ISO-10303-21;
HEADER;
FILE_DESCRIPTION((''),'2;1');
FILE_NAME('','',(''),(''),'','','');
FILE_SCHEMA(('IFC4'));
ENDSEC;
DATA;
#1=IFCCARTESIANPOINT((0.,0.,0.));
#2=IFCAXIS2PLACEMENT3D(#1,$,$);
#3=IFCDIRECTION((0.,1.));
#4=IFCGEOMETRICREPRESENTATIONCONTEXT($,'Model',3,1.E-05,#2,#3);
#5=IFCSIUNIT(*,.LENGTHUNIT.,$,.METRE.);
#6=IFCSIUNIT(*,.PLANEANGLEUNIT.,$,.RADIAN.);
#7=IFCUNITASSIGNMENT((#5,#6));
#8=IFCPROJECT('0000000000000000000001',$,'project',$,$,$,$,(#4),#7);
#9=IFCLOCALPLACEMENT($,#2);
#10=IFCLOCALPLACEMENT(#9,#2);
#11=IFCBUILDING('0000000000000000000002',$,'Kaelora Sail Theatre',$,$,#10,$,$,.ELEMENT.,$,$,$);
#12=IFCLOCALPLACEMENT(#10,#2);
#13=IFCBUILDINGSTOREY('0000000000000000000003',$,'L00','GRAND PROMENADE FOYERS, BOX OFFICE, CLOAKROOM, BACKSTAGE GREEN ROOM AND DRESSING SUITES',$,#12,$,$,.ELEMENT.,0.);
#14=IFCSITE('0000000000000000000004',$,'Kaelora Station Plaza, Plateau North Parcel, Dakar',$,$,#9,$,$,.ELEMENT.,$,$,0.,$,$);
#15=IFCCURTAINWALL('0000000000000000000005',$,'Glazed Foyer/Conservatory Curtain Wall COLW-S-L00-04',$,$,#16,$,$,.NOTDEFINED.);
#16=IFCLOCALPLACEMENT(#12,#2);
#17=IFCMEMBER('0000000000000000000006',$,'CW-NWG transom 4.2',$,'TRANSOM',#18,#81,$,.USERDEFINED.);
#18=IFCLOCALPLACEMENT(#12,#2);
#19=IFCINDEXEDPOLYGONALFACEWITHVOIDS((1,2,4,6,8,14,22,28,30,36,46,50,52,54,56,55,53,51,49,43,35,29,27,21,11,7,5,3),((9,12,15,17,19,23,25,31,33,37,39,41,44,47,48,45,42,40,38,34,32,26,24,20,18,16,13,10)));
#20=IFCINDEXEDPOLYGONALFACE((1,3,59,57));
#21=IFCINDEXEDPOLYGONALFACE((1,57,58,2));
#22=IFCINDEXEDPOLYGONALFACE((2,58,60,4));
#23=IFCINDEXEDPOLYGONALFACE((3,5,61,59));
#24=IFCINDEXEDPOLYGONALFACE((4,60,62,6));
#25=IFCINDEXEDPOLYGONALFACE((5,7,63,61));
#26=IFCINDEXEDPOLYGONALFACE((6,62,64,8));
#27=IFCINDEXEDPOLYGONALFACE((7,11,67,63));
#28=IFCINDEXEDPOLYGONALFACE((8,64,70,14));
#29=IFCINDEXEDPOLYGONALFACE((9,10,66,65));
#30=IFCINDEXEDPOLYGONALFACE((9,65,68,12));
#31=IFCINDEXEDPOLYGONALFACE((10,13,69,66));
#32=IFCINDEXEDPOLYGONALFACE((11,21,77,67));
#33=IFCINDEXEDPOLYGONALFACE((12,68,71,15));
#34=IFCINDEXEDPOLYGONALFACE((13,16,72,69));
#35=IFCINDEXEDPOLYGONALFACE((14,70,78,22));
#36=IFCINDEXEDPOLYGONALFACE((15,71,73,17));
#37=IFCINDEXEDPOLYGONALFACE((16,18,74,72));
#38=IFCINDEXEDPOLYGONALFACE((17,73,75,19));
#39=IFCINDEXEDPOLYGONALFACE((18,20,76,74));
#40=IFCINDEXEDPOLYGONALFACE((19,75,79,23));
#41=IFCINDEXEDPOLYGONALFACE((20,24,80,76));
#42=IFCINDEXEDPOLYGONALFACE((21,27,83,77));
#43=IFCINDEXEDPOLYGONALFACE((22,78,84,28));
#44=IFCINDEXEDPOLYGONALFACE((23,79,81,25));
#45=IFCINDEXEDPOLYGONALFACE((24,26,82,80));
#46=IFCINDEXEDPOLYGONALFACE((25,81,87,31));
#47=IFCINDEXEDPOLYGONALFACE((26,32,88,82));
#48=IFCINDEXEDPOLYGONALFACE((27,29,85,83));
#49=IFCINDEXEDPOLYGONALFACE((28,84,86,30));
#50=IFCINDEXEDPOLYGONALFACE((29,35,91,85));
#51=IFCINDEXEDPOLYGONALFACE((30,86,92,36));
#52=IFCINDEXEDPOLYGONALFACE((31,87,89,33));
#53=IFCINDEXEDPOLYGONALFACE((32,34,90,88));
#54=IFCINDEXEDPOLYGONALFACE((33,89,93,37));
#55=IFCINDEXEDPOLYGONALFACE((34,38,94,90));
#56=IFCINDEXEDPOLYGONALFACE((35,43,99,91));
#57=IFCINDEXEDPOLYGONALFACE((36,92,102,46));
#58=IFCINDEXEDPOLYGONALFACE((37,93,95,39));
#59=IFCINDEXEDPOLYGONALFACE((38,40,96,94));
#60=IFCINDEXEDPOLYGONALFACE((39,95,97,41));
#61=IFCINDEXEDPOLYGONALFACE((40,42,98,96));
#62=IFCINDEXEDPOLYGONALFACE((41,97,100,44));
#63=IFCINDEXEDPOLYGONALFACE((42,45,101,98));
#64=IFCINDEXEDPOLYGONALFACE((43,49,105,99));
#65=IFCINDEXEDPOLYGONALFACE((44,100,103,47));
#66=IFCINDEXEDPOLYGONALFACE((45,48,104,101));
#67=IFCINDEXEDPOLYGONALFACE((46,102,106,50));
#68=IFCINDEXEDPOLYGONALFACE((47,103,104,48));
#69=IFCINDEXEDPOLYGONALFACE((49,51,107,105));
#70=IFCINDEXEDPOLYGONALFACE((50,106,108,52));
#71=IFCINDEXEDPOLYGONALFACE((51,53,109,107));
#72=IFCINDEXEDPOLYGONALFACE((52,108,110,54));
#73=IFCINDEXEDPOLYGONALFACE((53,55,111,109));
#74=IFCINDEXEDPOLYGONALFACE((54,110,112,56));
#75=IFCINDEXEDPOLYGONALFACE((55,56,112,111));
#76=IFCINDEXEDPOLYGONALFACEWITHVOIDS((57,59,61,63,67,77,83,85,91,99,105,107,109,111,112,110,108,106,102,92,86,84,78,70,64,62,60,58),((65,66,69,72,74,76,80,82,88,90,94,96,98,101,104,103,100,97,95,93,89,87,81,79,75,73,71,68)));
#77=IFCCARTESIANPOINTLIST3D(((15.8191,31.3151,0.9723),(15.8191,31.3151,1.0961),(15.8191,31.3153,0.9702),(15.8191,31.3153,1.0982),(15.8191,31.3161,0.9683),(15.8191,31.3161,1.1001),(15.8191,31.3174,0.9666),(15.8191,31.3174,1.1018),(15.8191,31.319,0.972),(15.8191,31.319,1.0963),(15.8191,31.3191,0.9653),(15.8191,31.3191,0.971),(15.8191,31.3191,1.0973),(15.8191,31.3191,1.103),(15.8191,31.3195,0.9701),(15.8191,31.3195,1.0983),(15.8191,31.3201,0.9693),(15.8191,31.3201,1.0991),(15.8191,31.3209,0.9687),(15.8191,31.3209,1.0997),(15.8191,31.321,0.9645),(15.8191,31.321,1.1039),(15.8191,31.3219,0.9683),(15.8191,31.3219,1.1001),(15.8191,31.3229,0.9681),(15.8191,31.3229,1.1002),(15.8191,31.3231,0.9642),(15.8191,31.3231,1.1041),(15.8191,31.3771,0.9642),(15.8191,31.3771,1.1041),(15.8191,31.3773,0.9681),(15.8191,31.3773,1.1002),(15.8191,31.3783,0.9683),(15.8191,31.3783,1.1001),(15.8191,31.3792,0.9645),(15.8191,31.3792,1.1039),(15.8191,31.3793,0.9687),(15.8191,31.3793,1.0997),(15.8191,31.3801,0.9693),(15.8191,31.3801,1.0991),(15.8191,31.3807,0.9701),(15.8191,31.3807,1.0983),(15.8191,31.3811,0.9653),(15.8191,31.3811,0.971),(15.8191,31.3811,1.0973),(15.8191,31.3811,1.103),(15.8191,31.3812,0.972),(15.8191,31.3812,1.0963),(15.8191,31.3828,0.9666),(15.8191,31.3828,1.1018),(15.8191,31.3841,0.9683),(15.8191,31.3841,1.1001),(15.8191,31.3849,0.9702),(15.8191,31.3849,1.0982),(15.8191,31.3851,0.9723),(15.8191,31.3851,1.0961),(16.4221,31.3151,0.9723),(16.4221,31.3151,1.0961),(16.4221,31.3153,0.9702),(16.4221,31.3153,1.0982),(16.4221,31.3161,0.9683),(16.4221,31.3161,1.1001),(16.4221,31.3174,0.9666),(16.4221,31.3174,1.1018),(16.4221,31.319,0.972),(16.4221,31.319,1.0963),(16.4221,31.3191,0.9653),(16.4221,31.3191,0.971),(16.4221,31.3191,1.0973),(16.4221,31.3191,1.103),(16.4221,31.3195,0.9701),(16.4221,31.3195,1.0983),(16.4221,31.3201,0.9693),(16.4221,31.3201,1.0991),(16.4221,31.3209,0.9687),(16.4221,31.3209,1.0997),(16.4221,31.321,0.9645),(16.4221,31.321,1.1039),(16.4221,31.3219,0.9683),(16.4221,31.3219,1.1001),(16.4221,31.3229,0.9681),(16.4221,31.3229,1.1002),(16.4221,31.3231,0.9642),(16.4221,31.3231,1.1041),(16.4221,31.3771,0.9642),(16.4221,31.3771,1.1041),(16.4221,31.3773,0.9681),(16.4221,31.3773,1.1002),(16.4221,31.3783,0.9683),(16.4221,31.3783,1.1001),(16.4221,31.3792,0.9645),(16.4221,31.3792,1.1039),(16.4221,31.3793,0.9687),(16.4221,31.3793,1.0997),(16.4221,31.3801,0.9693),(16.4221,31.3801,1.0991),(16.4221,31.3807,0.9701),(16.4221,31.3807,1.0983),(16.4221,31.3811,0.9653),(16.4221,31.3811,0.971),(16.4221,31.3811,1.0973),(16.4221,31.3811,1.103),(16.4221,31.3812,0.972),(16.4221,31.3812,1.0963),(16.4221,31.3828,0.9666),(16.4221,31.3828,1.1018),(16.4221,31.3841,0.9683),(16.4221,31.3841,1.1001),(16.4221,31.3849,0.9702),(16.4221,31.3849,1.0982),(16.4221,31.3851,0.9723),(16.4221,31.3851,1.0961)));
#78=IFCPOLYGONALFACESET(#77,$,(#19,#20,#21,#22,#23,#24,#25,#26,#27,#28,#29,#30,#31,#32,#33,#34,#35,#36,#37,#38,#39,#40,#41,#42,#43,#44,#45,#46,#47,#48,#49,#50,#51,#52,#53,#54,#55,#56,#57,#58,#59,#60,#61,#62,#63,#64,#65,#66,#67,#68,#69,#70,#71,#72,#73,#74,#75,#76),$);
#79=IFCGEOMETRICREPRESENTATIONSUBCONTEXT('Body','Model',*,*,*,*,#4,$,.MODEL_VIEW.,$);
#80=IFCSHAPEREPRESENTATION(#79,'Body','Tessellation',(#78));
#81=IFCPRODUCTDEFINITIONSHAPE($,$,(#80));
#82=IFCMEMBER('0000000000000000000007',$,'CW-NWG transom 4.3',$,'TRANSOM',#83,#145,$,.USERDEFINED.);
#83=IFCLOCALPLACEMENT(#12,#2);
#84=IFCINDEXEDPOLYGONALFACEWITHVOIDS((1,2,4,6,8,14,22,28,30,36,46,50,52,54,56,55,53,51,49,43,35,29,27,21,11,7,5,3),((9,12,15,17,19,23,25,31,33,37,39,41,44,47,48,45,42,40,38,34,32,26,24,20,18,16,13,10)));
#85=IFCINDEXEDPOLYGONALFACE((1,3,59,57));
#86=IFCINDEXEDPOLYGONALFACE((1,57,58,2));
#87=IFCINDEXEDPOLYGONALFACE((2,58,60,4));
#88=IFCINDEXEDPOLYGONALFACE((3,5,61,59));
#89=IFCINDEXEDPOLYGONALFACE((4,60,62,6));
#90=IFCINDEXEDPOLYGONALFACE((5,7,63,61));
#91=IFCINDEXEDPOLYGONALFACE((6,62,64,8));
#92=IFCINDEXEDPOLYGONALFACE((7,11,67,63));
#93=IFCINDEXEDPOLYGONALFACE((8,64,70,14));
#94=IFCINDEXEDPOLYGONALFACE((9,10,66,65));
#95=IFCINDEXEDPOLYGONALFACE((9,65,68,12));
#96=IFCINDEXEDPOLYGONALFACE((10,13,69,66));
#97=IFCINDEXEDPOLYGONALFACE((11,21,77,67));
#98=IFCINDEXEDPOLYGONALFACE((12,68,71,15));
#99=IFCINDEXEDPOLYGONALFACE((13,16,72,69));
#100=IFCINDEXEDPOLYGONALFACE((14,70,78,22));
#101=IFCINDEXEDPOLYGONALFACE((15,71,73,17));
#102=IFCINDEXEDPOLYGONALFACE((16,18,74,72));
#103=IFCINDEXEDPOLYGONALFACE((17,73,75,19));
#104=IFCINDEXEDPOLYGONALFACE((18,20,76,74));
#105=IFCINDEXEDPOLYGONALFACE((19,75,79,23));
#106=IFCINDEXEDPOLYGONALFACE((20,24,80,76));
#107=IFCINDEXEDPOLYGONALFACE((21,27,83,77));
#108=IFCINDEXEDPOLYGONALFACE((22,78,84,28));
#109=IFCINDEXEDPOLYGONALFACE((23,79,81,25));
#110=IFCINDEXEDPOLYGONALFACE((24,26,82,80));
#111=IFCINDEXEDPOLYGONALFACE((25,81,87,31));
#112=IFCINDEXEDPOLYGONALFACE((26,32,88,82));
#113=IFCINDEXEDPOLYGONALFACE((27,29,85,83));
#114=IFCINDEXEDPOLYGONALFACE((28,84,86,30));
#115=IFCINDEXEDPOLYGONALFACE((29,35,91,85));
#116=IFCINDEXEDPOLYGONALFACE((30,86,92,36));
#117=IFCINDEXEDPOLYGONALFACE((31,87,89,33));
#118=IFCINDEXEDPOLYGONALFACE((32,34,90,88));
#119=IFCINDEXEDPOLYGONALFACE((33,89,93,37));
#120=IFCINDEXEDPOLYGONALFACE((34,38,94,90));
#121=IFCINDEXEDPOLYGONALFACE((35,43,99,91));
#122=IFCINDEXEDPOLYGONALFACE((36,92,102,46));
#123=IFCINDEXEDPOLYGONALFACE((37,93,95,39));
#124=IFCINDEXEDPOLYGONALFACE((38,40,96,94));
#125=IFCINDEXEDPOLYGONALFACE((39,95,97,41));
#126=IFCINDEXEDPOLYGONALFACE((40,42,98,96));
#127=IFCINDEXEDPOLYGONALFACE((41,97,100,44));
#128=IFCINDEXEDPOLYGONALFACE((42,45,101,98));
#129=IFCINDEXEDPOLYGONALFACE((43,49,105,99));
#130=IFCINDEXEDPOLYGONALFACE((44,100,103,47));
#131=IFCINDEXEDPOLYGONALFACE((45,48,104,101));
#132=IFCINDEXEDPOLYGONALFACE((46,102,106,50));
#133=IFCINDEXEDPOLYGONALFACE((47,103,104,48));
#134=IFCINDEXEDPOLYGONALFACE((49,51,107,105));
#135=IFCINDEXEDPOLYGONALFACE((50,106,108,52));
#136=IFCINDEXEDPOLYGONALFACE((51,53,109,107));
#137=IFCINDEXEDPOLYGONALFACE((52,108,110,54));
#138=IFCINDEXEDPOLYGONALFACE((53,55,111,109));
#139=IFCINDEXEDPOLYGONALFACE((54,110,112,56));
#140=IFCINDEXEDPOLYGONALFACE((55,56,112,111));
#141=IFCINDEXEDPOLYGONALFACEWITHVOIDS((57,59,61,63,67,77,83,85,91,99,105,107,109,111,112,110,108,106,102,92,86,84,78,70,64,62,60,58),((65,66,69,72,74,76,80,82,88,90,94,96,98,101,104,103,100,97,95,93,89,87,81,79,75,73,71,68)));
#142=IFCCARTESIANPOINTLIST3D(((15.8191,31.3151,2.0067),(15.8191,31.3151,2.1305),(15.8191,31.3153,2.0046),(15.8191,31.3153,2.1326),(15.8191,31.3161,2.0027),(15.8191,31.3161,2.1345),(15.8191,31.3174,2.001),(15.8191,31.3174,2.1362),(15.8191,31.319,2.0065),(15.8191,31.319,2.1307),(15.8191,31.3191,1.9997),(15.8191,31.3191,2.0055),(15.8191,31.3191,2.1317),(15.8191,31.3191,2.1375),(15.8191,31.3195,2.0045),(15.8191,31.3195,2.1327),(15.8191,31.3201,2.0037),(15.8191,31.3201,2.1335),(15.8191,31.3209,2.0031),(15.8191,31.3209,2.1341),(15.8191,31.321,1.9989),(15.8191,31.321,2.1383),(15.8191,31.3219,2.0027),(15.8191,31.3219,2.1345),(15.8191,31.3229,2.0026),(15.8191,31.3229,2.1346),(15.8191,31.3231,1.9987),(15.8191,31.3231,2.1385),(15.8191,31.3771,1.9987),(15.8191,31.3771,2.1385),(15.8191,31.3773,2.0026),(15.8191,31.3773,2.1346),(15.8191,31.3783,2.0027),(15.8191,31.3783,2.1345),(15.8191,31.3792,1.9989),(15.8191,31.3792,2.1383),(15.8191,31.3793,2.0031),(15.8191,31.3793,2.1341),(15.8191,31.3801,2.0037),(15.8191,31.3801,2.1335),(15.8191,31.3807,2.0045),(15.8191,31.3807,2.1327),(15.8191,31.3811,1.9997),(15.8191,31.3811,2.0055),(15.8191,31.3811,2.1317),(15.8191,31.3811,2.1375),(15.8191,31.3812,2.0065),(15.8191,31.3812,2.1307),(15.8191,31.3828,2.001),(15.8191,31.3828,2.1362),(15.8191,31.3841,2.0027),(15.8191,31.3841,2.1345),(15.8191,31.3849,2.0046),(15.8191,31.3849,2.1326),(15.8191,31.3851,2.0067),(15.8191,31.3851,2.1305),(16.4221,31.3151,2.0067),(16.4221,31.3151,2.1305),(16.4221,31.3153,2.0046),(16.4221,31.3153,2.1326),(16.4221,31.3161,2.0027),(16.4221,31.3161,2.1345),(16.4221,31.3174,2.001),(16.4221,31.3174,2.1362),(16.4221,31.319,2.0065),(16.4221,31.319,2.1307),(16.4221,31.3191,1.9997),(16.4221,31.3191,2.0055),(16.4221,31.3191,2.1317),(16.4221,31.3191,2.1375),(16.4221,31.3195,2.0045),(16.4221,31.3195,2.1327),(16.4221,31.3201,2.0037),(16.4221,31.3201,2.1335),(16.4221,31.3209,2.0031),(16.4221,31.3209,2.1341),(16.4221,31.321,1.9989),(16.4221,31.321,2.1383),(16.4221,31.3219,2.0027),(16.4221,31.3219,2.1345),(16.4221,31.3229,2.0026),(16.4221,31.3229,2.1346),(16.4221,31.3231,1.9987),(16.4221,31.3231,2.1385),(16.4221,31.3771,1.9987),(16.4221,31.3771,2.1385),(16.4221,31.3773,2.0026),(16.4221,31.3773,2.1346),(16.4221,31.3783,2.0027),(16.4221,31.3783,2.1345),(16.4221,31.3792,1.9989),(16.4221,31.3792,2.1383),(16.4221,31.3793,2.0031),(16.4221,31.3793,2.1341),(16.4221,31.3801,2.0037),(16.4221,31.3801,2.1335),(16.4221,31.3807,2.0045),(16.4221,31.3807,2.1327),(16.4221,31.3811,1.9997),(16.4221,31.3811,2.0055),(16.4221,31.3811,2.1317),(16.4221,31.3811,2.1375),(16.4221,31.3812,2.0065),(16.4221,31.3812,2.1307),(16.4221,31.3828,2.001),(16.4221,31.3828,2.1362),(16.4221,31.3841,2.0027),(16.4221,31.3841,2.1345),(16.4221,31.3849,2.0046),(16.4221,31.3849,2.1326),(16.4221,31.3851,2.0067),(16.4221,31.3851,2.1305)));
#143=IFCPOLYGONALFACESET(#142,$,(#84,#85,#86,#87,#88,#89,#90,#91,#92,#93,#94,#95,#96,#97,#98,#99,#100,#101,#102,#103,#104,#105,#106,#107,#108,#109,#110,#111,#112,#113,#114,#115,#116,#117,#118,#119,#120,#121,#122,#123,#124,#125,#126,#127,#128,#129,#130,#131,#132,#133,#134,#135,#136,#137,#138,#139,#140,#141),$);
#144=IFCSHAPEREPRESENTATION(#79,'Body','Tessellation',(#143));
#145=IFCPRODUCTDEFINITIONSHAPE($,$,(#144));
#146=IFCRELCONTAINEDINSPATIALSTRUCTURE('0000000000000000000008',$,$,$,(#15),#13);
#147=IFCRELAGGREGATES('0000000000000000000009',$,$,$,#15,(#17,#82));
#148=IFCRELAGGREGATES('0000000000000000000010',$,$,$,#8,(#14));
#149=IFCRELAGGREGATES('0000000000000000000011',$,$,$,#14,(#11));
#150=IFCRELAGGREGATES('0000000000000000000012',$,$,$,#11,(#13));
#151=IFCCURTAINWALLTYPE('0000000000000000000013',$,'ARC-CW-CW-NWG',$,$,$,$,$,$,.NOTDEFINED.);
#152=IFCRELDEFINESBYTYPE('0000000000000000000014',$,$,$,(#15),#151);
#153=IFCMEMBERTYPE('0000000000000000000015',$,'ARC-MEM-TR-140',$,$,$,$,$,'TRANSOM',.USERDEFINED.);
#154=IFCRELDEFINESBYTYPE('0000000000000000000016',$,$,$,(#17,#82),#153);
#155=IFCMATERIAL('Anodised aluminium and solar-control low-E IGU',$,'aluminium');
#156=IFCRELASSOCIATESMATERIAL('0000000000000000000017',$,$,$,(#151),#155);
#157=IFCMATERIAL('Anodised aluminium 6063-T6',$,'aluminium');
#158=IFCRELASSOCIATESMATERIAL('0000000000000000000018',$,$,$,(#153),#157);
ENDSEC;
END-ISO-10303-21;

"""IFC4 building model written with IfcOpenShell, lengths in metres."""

from ifc_helpers import new_model, si_unit, direction, frame, origin, origin_2d, place, context, subcontext, project, spatial, hollow_rectangle, extrude, material, material_profile, profile_set, type_object, element, aggregate, save


model = new_model("IFC4")

# Units and contexts
model_context = context("Model", 3, precision=1e-05, world=origin(), true_north=direction((0.0, 1.0)))
body_context = subcontext(model_context, "Body", "Model", "MODEL_VIEW")
ifc_project = project(units=[si_unit("LENGTHUNIT", "METRE"), si_unit("PLANEANGLEUNIT", "RADIAN")], contexts=[model_context])

# Site, building, storey
site_placement = place(None, origin())
site = spatial("IfcSite", under=ifc_project, at=site_placement, Name="Kaelora Station Plaza, Plateau North Parcel, Dakar", CompositionType="ELEMENT", RefElevation=0.0)
building_placement = place(site_placement, origin())
building = spatial("IfcBuilding", under=site, at=building_placement, Name="Kaelora Sail Theatre", CompositionType="ELEMENT")
storey_placement = place(building_placement, origin())
storey = spatial("IfcBuildingStorey", under=building, at=storey_placement, Name="L00", Description="GRAND PROMENADE FOYERS, BOX OFFICE, CLOAKROOM, BACKSTAGE GREEN ROOM AND DRESSING SUITES", CompositionType="ELEMENT", Elevation=0.0)

# Curtain wall, members
ifc_material_1 = material(Name="Anodised aluminium and solar-control low-E IGU", Category="aluminium")
curtain_wall_type = type_object("IfcCurtainWallType", Name="ARC-CW-CW-NWG", PredefinedType="NOTDEFINED", material=ifc_material_1)
curtain_wall_placement = place(storey_placement, origin())
curtain_wall = element("IfcCurtainWall", 1, at=curtain_wall_placement, inside=storey, type_object=curtain_wall_type, Name="Glazed Foyer/Conservatory Curtain Wall COLW-S-L00-04", PredefinedType="NOTDEFINED")
ifc_material_2 = material(Name="Anodised aluminium 6063-T6", Category="aluminium")
ifc_material_profile_1 = material_profile(ifc_material_2, hollow_rectangle(XDim=0.0701, YDim=0.1399, WallThickness=0.0039, InnerFilletRadius=0.0039, OuterFilletRadius=0.0081, at=origin_2d()), Name="ALU-TRAN 70x140x4")
ifc_profile_set_1 = profile_set([ifc_material_profile_1], Name="Anodised aluminium 6063-T6")
member_type_1 = type_object("IfcMemberType", Name="ARC-MEM-TR-140", ElementType="TRANSOM", PredefinedType="USERDEFINED", material=ifc_profile_set_1)
member_1_placement = place(storey_placement, frame((15.8191, 31.3501, 1.0342), z_axis=(1.0, 0.0, 0.0), x_axis=(0.0, 1.0, 0.0)))
member_1 = element("IfcMember", 2, at=member_1_placement, type_object=member_type_1, Name="CW-NWG transom 4.2", ObjectType="TRANSOM", PredefinedType="USERDEFINED", context=body_context, shape_type="SweptSolid", body=[
    extrude(hollow_rectangle(XDim=0.0701, YDim=0.1399, WallThickness=0.0039, InnerFilletRadius=0.0039, OuterFilletRadius=0.0081, at=origin_2d()), origin(), (0.0, 0.0, 1.0), 0.603),
])
member_2_placement = place(storey_placement, frame((15.8191, 31.3501, 2.0686), z_axis=(1.0, 0.0, 0.0), x_axis=(0.0, 1.0, 0.0)))
member_2 = element("IfcMember", 3, at=member_2_placement, type_object=member_type_1, Name="CW-NWG transom 4.3", ObjectType="TRANSOM", PredefinedType="USERDEFINED", context=body_context, shape_type="SweptSolid", body=[
    extrude(hollow_rectangle(XDim=0.0701, YDim=0.1399, WallThickness=0.0039, InnerFilletRadius=0.0039, OuterFilletRadius=0.0081, at=origin_2d()), origin(), (0.0, 0.0, 1.0), 0.603),
])
aggregate(curtain_wall, [member_1, member_2])

save(model, "model.ifc")
